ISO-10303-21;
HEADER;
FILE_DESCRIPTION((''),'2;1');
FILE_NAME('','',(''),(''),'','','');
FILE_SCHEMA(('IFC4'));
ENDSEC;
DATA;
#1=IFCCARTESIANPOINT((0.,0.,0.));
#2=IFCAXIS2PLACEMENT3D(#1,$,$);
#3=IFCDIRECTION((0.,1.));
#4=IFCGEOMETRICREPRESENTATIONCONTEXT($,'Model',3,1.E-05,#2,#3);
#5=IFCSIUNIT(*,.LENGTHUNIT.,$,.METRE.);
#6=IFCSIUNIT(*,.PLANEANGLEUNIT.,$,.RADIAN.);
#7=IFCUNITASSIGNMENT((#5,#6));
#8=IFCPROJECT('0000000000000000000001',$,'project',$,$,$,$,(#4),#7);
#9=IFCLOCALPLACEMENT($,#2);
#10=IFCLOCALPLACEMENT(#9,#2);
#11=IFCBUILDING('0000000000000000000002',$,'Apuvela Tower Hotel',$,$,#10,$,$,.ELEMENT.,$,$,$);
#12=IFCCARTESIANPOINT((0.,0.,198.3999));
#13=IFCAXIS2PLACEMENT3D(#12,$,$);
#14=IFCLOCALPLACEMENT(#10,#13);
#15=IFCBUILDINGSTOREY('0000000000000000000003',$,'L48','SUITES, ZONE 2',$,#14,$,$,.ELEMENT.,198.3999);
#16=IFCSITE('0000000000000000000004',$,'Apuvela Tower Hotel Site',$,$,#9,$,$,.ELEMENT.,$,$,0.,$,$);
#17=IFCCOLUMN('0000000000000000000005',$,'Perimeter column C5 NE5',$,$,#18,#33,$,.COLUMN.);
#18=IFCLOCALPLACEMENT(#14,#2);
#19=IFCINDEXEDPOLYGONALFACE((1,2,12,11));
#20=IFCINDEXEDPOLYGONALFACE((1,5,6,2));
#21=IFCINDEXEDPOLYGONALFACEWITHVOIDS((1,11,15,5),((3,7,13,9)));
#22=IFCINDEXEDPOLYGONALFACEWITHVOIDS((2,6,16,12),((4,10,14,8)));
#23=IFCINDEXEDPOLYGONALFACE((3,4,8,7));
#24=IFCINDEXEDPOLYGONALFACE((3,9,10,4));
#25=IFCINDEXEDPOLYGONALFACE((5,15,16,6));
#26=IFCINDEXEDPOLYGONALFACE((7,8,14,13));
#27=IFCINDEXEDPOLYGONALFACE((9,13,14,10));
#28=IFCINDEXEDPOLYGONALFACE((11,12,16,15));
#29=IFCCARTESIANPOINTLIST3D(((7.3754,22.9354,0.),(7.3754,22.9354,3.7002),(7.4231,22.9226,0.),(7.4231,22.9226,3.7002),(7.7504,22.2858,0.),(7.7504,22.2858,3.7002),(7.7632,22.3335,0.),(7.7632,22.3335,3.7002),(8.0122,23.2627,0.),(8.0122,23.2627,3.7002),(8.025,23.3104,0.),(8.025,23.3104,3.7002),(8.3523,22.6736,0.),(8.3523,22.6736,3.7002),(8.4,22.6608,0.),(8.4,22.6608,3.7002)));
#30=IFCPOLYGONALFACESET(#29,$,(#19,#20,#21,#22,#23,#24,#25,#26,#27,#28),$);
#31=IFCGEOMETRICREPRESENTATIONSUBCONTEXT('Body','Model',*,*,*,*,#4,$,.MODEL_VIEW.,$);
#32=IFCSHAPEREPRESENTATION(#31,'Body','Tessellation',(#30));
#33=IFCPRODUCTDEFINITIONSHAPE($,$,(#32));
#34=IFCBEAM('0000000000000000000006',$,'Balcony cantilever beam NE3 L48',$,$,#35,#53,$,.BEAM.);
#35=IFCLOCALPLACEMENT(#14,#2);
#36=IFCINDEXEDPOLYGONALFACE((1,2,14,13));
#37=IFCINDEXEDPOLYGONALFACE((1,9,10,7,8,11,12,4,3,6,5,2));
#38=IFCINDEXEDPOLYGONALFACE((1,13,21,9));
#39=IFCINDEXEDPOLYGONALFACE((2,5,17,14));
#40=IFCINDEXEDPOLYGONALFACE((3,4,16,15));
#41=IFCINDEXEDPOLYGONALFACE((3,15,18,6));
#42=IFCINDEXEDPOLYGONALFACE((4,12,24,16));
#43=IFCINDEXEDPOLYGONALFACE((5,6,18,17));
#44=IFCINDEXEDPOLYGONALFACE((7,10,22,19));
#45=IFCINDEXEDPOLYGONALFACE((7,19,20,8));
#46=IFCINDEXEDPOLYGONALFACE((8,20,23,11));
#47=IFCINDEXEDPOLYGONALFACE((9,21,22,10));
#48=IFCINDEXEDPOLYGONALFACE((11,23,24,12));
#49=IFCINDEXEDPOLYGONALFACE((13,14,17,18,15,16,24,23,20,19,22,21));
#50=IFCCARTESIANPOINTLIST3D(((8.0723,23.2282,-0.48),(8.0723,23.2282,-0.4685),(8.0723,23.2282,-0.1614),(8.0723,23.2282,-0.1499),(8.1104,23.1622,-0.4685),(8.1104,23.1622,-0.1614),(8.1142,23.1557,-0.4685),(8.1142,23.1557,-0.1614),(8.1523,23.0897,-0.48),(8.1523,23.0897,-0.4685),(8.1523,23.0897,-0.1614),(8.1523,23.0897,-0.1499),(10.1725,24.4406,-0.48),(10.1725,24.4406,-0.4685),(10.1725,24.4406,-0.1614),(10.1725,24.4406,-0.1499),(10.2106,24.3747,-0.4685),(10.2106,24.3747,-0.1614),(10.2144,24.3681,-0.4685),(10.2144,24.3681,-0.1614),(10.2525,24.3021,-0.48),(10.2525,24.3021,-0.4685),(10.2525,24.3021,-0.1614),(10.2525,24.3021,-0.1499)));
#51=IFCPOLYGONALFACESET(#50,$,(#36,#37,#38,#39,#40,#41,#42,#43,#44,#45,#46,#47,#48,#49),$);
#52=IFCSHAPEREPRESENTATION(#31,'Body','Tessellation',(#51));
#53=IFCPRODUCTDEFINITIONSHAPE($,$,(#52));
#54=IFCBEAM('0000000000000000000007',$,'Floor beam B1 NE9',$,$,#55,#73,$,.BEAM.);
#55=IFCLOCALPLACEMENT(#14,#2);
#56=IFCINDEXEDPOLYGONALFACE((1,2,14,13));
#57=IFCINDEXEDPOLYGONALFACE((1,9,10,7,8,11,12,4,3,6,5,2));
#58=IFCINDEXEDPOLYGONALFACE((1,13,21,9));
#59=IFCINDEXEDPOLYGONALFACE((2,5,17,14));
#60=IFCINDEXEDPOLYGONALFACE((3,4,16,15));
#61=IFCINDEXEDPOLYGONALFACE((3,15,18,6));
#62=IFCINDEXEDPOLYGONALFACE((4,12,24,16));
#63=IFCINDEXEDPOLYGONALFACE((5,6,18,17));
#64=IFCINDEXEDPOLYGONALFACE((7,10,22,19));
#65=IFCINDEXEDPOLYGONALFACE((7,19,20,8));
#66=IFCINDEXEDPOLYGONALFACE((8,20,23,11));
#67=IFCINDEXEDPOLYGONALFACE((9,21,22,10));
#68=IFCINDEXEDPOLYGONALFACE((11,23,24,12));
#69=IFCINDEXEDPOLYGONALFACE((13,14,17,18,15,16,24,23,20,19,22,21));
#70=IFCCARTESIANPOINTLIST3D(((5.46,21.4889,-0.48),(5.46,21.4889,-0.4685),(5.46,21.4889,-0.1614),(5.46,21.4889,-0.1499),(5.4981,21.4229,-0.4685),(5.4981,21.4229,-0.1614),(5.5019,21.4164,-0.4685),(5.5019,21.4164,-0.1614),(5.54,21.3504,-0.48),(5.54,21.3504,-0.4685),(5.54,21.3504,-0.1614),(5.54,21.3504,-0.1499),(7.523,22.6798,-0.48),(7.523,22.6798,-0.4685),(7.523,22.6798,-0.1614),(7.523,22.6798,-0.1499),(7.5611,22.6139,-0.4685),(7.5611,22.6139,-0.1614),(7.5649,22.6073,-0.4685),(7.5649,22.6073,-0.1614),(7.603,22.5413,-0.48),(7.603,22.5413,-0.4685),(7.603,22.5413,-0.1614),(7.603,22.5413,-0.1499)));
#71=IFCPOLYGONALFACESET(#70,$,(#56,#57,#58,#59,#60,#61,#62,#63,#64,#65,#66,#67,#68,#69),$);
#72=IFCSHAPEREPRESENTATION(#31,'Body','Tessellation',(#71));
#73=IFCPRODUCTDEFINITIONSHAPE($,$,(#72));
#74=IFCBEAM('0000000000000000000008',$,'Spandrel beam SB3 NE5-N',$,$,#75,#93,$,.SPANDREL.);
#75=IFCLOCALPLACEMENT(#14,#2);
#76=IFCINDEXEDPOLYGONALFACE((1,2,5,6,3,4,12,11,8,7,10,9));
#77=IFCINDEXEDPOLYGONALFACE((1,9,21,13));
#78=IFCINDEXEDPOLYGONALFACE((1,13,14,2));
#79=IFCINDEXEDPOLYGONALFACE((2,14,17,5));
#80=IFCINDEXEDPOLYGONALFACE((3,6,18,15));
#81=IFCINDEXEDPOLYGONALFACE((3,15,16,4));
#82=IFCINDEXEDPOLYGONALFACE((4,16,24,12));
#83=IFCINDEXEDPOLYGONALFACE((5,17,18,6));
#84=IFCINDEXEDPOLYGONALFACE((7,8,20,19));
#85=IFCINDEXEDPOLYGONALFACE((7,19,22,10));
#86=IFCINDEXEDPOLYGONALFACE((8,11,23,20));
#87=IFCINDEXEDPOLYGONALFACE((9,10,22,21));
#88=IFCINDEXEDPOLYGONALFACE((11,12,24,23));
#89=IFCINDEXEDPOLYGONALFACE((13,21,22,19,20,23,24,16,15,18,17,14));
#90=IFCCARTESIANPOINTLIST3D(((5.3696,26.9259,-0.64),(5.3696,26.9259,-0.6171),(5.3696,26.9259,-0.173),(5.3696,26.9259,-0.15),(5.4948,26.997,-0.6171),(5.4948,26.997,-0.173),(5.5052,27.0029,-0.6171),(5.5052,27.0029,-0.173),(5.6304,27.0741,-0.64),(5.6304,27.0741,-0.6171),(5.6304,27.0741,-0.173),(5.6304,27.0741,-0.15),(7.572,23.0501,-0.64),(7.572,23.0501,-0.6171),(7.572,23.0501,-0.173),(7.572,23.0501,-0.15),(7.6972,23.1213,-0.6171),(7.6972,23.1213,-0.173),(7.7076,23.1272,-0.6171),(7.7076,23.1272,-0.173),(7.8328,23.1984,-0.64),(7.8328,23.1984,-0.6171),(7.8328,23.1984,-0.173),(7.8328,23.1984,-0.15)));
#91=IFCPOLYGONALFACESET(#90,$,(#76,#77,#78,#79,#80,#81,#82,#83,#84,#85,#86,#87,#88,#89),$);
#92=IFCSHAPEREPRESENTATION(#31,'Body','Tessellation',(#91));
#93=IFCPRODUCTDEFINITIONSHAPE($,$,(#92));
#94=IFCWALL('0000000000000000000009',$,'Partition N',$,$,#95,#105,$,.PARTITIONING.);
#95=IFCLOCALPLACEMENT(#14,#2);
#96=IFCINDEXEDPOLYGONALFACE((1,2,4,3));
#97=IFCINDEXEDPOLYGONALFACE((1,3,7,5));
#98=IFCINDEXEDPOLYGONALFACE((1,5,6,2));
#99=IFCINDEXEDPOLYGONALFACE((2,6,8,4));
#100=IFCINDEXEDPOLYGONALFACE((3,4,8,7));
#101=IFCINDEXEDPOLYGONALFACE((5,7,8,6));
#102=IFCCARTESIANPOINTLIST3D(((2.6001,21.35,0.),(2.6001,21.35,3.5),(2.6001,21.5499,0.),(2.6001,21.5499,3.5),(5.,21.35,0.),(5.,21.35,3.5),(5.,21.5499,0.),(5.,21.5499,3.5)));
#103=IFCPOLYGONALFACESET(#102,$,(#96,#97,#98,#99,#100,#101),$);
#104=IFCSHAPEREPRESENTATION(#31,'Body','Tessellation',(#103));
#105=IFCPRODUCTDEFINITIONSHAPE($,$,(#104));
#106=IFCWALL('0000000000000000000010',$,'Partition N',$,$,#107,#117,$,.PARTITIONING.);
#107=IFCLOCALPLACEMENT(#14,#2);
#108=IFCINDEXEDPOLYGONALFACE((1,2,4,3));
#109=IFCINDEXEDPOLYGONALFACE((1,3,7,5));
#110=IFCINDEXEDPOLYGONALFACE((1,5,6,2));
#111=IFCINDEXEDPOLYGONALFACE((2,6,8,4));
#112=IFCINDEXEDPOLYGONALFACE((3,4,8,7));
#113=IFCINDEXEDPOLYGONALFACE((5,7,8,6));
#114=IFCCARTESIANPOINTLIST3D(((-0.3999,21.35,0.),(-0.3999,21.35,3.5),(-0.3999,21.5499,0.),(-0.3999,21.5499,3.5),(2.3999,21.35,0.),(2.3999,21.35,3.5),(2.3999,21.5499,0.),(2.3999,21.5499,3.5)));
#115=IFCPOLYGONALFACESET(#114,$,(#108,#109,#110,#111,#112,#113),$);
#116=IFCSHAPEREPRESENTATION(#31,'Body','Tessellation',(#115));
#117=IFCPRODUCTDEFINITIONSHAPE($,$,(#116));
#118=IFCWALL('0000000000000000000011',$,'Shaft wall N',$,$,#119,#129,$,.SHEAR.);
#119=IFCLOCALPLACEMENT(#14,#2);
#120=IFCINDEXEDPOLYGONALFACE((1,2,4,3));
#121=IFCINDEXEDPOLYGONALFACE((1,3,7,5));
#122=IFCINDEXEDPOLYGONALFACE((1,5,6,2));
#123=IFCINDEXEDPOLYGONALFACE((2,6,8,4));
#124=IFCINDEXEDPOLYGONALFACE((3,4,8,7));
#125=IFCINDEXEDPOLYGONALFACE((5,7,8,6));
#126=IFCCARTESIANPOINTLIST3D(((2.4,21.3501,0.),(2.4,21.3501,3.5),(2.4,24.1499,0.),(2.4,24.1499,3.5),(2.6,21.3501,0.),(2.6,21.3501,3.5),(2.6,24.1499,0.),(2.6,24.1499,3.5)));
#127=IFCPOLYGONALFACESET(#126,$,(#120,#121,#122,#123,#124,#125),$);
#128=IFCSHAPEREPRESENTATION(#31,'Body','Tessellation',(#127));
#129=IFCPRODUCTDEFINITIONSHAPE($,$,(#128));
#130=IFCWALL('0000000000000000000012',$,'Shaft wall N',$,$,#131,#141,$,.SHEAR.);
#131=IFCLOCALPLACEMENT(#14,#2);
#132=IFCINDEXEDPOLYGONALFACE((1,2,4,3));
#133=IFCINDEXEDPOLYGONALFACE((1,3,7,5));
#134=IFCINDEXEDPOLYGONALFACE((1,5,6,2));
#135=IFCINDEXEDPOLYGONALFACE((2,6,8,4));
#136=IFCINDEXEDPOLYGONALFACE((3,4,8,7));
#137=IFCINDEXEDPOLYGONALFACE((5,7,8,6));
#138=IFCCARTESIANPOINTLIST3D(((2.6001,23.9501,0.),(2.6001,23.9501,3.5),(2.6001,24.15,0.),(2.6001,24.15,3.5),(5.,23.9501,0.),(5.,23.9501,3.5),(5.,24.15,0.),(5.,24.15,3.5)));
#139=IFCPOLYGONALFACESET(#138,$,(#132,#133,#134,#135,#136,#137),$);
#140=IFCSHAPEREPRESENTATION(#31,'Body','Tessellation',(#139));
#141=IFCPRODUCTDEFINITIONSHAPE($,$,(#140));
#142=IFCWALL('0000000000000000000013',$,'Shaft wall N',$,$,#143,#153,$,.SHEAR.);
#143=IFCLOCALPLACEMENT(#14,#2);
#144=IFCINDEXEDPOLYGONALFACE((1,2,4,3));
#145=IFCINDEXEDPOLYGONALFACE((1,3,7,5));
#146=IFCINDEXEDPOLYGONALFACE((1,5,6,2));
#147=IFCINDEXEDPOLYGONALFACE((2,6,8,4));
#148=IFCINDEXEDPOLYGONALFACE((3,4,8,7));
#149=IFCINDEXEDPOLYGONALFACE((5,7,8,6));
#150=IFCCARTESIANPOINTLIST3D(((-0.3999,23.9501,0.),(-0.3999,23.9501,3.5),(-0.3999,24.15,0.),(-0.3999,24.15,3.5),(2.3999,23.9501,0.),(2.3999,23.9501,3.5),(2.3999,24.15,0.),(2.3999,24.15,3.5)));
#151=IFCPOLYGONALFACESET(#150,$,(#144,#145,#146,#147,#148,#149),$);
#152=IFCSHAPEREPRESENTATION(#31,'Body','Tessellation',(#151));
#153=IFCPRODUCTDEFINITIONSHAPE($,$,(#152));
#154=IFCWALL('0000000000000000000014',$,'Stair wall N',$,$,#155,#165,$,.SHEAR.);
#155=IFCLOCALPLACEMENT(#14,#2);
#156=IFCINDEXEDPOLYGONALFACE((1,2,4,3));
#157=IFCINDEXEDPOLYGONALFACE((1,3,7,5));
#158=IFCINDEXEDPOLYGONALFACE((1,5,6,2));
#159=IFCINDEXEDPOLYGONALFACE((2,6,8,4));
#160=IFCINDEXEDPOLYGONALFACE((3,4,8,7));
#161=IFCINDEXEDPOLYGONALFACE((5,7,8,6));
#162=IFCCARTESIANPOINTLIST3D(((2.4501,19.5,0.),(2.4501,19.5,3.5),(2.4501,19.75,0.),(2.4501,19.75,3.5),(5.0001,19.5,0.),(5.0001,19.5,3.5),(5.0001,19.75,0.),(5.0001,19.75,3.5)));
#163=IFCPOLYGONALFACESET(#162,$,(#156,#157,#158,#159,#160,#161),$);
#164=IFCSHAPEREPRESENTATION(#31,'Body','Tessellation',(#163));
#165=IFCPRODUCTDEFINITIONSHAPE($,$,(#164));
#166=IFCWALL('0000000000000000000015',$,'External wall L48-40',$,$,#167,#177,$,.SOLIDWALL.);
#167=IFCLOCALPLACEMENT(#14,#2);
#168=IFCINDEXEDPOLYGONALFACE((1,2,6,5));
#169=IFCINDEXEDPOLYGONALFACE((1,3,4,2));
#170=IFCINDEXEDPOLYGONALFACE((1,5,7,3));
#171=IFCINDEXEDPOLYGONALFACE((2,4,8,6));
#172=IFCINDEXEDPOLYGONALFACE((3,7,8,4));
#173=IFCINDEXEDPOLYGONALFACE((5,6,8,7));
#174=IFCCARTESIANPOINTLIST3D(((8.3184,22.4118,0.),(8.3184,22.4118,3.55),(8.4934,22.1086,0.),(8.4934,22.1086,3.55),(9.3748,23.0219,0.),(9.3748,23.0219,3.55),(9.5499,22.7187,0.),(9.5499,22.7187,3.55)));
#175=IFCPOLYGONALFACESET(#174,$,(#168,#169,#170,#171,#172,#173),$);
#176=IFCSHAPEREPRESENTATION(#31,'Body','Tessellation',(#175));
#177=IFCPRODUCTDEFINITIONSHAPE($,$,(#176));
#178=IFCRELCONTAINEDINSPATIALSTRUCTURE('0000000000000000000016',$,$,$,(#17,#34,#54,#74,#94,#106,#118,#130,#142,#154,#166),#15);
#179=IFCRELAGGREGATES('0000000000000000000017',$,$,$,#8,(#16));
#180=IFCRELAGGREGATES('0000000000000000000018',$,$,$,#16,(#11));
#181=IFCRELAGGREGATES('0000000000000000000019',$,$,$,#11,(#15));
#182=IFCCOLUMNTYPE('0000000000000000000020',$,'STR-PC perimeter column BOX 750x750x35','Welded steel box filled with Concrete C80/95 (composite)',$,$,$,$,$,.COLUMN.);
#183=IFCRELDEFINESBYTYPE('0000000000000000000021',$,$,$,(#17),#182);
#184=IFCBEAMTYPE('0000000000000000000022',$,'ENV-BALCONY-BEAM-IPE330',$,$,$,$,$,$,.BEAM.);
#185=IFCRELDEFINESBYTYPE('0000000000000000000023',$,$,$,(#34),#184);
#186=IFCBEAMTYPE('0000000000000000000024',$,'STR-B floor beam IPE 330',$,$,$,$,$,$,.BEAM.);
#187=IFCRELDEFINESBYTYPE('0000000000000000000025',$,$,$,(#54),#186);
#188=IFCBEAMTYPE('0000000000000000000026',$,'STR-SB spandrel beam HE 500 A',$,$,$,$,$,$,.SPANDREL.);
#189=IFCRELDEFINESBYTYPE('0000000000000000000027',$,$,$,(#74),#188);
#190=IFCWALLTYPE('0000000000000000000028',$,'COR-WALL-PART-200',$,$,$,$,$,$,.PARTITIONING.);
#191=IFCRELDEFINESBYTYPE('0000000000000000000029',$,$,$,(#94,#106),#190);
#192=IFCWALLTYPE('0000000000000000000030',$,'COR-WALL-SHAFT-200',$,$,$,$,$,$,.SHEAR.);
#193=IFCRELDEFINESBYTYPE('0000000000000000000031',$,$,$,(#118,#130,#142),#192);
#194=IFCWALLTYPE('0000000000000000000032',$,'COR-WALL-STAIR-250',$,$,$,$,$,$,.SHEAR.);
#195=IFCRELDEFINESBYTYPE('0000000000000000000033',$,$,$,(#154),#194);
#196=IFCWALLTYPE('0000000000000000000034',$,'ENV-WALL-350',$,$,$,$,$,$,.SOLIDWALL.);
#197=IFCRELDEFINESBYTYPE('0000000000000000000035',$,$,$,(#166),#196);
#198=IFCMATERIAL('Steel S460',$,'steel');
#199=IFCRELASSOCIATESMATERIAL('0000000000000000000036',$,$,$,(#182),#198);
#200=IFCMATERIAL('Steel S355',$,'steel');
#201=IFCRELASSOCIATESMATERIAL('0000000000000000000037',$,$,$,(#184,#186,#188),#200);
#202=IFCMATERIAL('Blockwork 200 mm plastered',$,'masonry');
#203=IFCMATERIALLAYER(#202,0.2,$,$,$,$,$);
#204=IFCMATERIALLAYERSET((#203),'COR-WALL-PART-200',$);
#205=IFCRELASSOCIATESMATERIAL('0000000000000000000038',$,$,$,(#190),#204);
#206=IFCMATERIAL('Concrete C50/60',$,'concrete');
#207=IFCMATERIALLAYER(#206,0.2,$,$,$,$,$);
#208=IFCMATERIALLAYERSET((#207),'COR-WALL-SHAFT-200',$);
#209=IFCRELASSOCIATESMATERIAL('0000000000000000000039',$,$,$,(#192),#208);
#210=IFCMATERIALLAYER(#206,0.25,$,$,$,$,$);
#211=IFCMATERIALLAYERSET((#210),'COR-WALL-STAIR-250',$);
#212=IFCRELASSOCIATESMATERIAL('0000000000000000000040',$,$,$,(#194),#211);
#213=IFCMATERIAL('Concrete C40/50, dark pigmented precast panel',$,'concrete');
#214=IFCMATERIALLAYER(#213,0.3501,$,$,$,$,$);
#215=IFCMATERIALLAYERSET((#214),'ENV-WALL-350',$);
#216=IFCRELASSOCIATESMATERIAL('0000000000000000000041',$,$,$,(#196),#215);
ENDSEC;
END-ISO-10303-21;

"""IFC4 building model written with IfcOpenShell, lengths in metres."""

from ifc_helpers import new_model, si_unit, direction, frame, frame_2d, origin, origin_2d, place, context, subcontext, project, spatial, rectangle, hollow_rectangle, i_section, extrude, material, layer, layer_set, material_profile, profile_set, type_object, element, save


model = new_model("IFC4")

# Units and contexts
model_context = context("Model", 3, precision=1e-05, world=origin(), true_north=direction((0.0, 1.0)))
body_context = subcontext(model_context, "Body", "Model", "MODEL_VIEW")
ifc_project = project(units=[si_unit("LENGTHUNIT", "METRE"), si_unit("PLANEANGLEUNIT", "RADIAN")], contexts=[model_context])

# Site, building, storey
site_placement = place(None, origin())
site = spatial("IfcSite", under=ifc_project, at=site_placement, Name="Apuvela Tower Hotel Site", CompositionType="ELEMENT", RefElevation=0.0)
building_placement = place(site_placement, origin())
building = spatial("IfcBuilding", under=site, at=building_placement, Name="Apuvela Tower Hotel", CompositionType="ELEMENT")
storey_placement = place(building_placement, frame((0.0, 0.0, 198.3999)))
storey = spatial("IfcBuildingStorey", under=building, at=storey_placement, Name="L48", Description="SUITES, ZONE 2", CompositionType="ELEMENT", Elevation=198.3999)

# Column
ifc_material_1 = material(Name="Steel S460", Category="steel")
ifc_material_profile_1 = material_profile(ifc_material_1, hollow_rectangle(XDim=0.75, YDim=0.75, WallThickness=0.0349, at=origin_2d()), Name="BOX 750x750x35")
ifc_material_2 = material(Name="Concrete C80/95", Category="concrete")
ifc_material_profile_2 = material_profile(ifc_material_2, rectangle(XDim=0.6799, YDim=0.6799, at=origin_2d()), Name="Concrete C80/95 infill")
ifc_profile_set_1 = profile_set([ifc_material_profile_1, ifc_material_profile_2], Name="Steel S460")
column_type = type_object("IfcColumnType", Name="STR-PC perimeter column BOX 750x750x35", Description="Welded steel box filled with Concrete C80/95 (composite)", PredefinedType="COLUMN", material=ifc_profile_set_1)
column_placement = place(storey_placement, frame((7.8877, 22.7981, 0.0), z_axis=(0.0, 0.0, 1.0), x_axis=(-0.5, 0.866025, 0.0)))
element("IfcColumn", 1, at=column_placement, inside=storey, type_object=column_type, Name="Perimeter column C5 NE5", PredefinedType="COLUMN", context=body_context, shape_type="SweptSolid", body=[
    extrude(hollow_rectangle(XDim=0.75, YDim=0.75, WallThickness=0.0349, at=origin_2d()), origin(), (0.0, 0.0, 1.0), 3.7002),
])

# Beams
ifc_material_3 = material(Name="Steel S355", Category="steel")
ifc_material_profile_3 = material_profile(ifc_material_3, i_section(OverallWidth=0.1599, OverallDepth=0.3301, WebThickness=0.0076, FlangeThickness=0.0115, at=origin_2d()), Name="IPE 330")
ifc_profile_set_2 = profile_set([ifc_material_profile_3], Name="Steel S355")
beam_type_1 = type_object("IfcBeamType", Name="ENV-BALCONY-BEAM-IPE330", PredefinedType="BEAM", material=ifc_profile_set_2)
beam_1_placement = place(storey_placement, frame((8.1123, 23.1589, -0.3149), z_axis=(0.866041, 0.499972, 0.0), x_axis=(-0.499972, 0.866041, 0.0)))
element("IfcBeam", 2, at=beam_1_placement, inside=storey, type_object=beam_type_1, Name="Balcony cantilever beam NE3 L48", PredefinedType="BEAM", context=body_context, shape_type="SweptSolid", body=[
    extrude(i_section(OverallWidth=0.1599, OverallDepth=0.3301, WebThickness=0.0076, FlangeThickness=0.0115, at=origin_2d()), origin(), (0.0, 0.0, 1.0), 2.425),
])
ifc_material_profile_4 = material_profile(ifc_material_3, i_section(OverallWidth=0.1599, OverallDepth=0.3301, WebThickness=0.0076, FlangeThickness=0.0115, at=origin_2d()), Name="IPE 330")
ifc_profile_set_3 = profile_set([ifc_material_profile_4], Name="Steel S355")
beam_type_2 = type_object("IfcBeamType", Name="STR-B floor beam IPE 330", PredefinedType="BEAM", material=ifc_profile_set_3)
beam_2_placement = place(storey_placement, frame((7.563, 22.6106, -0.3149), z_axis=(-0.866052, -0.499953, 0.0), x_axis=(0.499953, -0.866052, 0.0)))
element("IfcBeam", 3, at=beam_2_placement, inside=storey, type_object=beam_type_2, Name="Floor beam B1 NE9", PredefinedType="BEAM", context=body_context, shape_type="SweptSolid", body=[
    extrude(i_section(OverallWidth=0.1599, OverallDepth=0.3301, WebThickness=0.0076, FlangeThickness=0.0115, at=origin_2d()), origin(), (0.0, 0.0, 1.0), 2.3821),
])
ifc_material_profile_5 = material_profile(ifc_material_3, i_section(OverallWidth=0.3, OverallDepth=0.49, WebThickness=0.012, FlangeThickness=0.0229, at=origin_2d()), Name="HE 500 A")
ifc_profile_set_4 = profile_set([ifc_material_profile_5], Name="Steel S355")
beam_type_3 = type_object("IfcBeamType", Name="STR-SB spandrel beam HE 500 A", PredefinedType="SPANDREL", material=ifc_profile_set_4)
beam_3_placement = place(storey_placement, frame((7.7024, 23.1243, -0.395), z_axis=(-0.494056, 0.86943, 0.0), x_axis=(-0.86943, -0.494056, 0.0)))
element("IfcBeam", 4, at=beam_3_placement, inside=storey, type_object=beam_type_3, Name="Spandrel beam SB3 NE5-N", PredefinedType="SPANDREL", context=body_context, shape_type="SweptSolid", body=[
    extrude(i_section(OverallWidth=0.3, OverallDepth=0.49, WebThickness=0.012, FlangeThickness=0.0229, at=origin_2d()), origin(), (0.0, 0.0, 1.0), 4.4578),
])

# Walls
ifc_material_4 = material(Name="Blockwork 200 mm plastered", Category="masonry")
ifc_layer_1 = layer(ifc_material_4, 0.2)
ifc_layer_set_1 = layer_set([ifc_layer_1], Name="COR-WALL-PART-200")
wall_type_1 = type_object("IfcWallType", Name="COR-WALL-PART-200", PredefinedType="PARTITIONING", material=ifc_layer_set_1)
wall_1_placement = place(storey_placement, frame((5.0, 21.45, 0.0), z_axis=(0.0, 0.0, 1.0), x_axis=(-1.0, 0.0, 0.0)))
element("IfcWall", 5, at=wall_1_placement, inside=storey, type_object=wall_type_1, Name="Partition N", PredefinedType="PARTITIONING", context=body_context, shape_type="SweptSolid", body=[
    extrude(rectangle(XDim=2.3999, YDim=0.2, at=frame_2d((1.2, 0.0))), origin(), (0.0, 0.0, 1.0), 3.5),
])
wall_2_placement = place(storey_placement, frame((2.3999, 21.45, 0.0), z_axis=(0.0, 0.0, 1.0), x_axis=(-1.0, 0.0, 0.0)))
element("IfcWall", 6, at=wall_2_placement, inside=storey, type_object=wall_type_1, Name="Partition N", PredefinedType="PARTITIONING", context=body_context, shape_type="SweptSolid", body=[
    extrude(rectangle(XDim=2.7998, YDim=0.2, at=frame_2d((1.3999, 0.0))), origin(), (0.0, 0.0, 1.0), 3.5),
])
ifc_material_5 = material(Name="Concrete C50/60", Category="concrete")
ifc_layer_2 = layer(ifc_material_5, 0.2)
ifc_layer_set_2 = layer_set([ifc_layer_2], Name="COR-WALL-SHAFT-200")
wall_type_2 = type_object("IfcWallType", Name="COR-WALL-SHAFT-200", PredefinedType="SHEAR", material=ifc_layer_set_2)
wall_3_placement = place(storey_placement, frame((2.5, 21.3501, 0.0), z_axis=(0.0, 0.0, 1.0), x_axis=(0.0, 1.0, 0.0)))
element("IfcWall", 7, at=wall_3_placement, inside=storey, type_object=wall_type_2, Name="Shaft wall N", PredefinedType="SHEAR", context=body_context, shape_type="SweptSolid", body=[
    extrude(rectangle(XDim=2.7998, YDim=0.2, at=frame_2d((1.3999, 0.0))), origin(), (0.0, 0.0, 1.0), 3.5),
])
wall_4_placement = place(storey_placement, frame((5.0, 24.05, 0.0), z_axis=(0.0, 0.0, 1.0), x_axis=(-1.0, 0.0, 0.0)))
element("IfcWall", 8, at=wall_4_placement, inside=storey, type_object=wall_type_2, Name="Shaft wall N", PredefinedType="SHEAR", context=body_context, shape_type="SweptSolid", body=[
    extrude(rectangle(XDim=2.3999, YDim=0.2, at=frame_2d((1.2, 0.0))), origin(), (0.0, 0.0, 1.0), 3.5),
])
wall_5_placement = place(storey_placement, frame((2.3999, 24.05, 0.0), z_axis=(0.0, 0.0, 1.0), x_axis=(-1.0, 0.0, 0.0)))
element("IfcWall", 9, at=wall_5_placement, inside=storey, type_object=wall_type_2, Name="Shaft wall N", PredefinedType="SHEAR", context=body_context, shape_type="SweptSolid", body=[
    extrude(rectangle(XDim=2.7998, YDim=0.2, at=frame_2d((1.3999, 0.0))), origin(), (0.0, 0.0, 1.0), 3.5),
])
ifc_layer_3 = layer(ifc_material_5, 0.25)
ifc_layer_set_3 = layer_set([ifc_layer_3], Name="COR-WALL-STAIR-250")
wall_type_3 = type_object("IfcWallType", Name="COR-WALL-STAIR-250", PredefinedType="SHEAR", material=ifc_layer_set_3)
wall_6_placement = place(storey_placement, frame((5.0, 19.625, 0.0), z_axis=(0.0, 0.0, 1.0), x_axis=(-1.0, 0.0, 0.0)))
element("IfcWall", 10, at=wall_6_placement, inside=storey, type_object=wall_type_3, Name="Stair wall N", PredefinedType="SHEAR", context=body_context, shape_type="SweptSolid", body=[
    extrude(rectangle(XDim=2.55, YDim=0.25, at=frame_2d((1.2749, 0.0))), origin(), (0.0, 0.0, 1.0), 3.5),
])
ifc_material_6 = material(Name="Concrete C40/50, dark pigmented precast panel", Category="concrete")
ifc_layer_4 = layer(ifc_material_6, 0.3501)
ifc_layer_set_4 = layer_set([ifc_layer_4], Name="ENV-WALL-350")
wall_type_4 = type_object("IfcWallType", Name="ENV-WALL-350", PredefinedType="SOLIDWALL", material=ifc_layer_set_4)
wall_7_placement = place(storey_placement, frame((8.406, 22.2603, 0.0), z_axis=(0.0, 0.0, 1.0), x_axis=(0.865956, 0.500121, 0.0)))
element("IfcWall", 11, at=wall_7_placement, inside=storey, type_object=wall_type_4, Name="External wall L48-40", PredefinedType="SOLIDWALL", context=body_context, shape_type="SweptSolid", body=[
    extrude(rectangle(XDim=1.22, YDim=0.3501, at=frame_2d((0.6099, 0.0))), origin(), (0.0, 0.0, 1.0), 3.55),
])

save(model, "model.ifc")
